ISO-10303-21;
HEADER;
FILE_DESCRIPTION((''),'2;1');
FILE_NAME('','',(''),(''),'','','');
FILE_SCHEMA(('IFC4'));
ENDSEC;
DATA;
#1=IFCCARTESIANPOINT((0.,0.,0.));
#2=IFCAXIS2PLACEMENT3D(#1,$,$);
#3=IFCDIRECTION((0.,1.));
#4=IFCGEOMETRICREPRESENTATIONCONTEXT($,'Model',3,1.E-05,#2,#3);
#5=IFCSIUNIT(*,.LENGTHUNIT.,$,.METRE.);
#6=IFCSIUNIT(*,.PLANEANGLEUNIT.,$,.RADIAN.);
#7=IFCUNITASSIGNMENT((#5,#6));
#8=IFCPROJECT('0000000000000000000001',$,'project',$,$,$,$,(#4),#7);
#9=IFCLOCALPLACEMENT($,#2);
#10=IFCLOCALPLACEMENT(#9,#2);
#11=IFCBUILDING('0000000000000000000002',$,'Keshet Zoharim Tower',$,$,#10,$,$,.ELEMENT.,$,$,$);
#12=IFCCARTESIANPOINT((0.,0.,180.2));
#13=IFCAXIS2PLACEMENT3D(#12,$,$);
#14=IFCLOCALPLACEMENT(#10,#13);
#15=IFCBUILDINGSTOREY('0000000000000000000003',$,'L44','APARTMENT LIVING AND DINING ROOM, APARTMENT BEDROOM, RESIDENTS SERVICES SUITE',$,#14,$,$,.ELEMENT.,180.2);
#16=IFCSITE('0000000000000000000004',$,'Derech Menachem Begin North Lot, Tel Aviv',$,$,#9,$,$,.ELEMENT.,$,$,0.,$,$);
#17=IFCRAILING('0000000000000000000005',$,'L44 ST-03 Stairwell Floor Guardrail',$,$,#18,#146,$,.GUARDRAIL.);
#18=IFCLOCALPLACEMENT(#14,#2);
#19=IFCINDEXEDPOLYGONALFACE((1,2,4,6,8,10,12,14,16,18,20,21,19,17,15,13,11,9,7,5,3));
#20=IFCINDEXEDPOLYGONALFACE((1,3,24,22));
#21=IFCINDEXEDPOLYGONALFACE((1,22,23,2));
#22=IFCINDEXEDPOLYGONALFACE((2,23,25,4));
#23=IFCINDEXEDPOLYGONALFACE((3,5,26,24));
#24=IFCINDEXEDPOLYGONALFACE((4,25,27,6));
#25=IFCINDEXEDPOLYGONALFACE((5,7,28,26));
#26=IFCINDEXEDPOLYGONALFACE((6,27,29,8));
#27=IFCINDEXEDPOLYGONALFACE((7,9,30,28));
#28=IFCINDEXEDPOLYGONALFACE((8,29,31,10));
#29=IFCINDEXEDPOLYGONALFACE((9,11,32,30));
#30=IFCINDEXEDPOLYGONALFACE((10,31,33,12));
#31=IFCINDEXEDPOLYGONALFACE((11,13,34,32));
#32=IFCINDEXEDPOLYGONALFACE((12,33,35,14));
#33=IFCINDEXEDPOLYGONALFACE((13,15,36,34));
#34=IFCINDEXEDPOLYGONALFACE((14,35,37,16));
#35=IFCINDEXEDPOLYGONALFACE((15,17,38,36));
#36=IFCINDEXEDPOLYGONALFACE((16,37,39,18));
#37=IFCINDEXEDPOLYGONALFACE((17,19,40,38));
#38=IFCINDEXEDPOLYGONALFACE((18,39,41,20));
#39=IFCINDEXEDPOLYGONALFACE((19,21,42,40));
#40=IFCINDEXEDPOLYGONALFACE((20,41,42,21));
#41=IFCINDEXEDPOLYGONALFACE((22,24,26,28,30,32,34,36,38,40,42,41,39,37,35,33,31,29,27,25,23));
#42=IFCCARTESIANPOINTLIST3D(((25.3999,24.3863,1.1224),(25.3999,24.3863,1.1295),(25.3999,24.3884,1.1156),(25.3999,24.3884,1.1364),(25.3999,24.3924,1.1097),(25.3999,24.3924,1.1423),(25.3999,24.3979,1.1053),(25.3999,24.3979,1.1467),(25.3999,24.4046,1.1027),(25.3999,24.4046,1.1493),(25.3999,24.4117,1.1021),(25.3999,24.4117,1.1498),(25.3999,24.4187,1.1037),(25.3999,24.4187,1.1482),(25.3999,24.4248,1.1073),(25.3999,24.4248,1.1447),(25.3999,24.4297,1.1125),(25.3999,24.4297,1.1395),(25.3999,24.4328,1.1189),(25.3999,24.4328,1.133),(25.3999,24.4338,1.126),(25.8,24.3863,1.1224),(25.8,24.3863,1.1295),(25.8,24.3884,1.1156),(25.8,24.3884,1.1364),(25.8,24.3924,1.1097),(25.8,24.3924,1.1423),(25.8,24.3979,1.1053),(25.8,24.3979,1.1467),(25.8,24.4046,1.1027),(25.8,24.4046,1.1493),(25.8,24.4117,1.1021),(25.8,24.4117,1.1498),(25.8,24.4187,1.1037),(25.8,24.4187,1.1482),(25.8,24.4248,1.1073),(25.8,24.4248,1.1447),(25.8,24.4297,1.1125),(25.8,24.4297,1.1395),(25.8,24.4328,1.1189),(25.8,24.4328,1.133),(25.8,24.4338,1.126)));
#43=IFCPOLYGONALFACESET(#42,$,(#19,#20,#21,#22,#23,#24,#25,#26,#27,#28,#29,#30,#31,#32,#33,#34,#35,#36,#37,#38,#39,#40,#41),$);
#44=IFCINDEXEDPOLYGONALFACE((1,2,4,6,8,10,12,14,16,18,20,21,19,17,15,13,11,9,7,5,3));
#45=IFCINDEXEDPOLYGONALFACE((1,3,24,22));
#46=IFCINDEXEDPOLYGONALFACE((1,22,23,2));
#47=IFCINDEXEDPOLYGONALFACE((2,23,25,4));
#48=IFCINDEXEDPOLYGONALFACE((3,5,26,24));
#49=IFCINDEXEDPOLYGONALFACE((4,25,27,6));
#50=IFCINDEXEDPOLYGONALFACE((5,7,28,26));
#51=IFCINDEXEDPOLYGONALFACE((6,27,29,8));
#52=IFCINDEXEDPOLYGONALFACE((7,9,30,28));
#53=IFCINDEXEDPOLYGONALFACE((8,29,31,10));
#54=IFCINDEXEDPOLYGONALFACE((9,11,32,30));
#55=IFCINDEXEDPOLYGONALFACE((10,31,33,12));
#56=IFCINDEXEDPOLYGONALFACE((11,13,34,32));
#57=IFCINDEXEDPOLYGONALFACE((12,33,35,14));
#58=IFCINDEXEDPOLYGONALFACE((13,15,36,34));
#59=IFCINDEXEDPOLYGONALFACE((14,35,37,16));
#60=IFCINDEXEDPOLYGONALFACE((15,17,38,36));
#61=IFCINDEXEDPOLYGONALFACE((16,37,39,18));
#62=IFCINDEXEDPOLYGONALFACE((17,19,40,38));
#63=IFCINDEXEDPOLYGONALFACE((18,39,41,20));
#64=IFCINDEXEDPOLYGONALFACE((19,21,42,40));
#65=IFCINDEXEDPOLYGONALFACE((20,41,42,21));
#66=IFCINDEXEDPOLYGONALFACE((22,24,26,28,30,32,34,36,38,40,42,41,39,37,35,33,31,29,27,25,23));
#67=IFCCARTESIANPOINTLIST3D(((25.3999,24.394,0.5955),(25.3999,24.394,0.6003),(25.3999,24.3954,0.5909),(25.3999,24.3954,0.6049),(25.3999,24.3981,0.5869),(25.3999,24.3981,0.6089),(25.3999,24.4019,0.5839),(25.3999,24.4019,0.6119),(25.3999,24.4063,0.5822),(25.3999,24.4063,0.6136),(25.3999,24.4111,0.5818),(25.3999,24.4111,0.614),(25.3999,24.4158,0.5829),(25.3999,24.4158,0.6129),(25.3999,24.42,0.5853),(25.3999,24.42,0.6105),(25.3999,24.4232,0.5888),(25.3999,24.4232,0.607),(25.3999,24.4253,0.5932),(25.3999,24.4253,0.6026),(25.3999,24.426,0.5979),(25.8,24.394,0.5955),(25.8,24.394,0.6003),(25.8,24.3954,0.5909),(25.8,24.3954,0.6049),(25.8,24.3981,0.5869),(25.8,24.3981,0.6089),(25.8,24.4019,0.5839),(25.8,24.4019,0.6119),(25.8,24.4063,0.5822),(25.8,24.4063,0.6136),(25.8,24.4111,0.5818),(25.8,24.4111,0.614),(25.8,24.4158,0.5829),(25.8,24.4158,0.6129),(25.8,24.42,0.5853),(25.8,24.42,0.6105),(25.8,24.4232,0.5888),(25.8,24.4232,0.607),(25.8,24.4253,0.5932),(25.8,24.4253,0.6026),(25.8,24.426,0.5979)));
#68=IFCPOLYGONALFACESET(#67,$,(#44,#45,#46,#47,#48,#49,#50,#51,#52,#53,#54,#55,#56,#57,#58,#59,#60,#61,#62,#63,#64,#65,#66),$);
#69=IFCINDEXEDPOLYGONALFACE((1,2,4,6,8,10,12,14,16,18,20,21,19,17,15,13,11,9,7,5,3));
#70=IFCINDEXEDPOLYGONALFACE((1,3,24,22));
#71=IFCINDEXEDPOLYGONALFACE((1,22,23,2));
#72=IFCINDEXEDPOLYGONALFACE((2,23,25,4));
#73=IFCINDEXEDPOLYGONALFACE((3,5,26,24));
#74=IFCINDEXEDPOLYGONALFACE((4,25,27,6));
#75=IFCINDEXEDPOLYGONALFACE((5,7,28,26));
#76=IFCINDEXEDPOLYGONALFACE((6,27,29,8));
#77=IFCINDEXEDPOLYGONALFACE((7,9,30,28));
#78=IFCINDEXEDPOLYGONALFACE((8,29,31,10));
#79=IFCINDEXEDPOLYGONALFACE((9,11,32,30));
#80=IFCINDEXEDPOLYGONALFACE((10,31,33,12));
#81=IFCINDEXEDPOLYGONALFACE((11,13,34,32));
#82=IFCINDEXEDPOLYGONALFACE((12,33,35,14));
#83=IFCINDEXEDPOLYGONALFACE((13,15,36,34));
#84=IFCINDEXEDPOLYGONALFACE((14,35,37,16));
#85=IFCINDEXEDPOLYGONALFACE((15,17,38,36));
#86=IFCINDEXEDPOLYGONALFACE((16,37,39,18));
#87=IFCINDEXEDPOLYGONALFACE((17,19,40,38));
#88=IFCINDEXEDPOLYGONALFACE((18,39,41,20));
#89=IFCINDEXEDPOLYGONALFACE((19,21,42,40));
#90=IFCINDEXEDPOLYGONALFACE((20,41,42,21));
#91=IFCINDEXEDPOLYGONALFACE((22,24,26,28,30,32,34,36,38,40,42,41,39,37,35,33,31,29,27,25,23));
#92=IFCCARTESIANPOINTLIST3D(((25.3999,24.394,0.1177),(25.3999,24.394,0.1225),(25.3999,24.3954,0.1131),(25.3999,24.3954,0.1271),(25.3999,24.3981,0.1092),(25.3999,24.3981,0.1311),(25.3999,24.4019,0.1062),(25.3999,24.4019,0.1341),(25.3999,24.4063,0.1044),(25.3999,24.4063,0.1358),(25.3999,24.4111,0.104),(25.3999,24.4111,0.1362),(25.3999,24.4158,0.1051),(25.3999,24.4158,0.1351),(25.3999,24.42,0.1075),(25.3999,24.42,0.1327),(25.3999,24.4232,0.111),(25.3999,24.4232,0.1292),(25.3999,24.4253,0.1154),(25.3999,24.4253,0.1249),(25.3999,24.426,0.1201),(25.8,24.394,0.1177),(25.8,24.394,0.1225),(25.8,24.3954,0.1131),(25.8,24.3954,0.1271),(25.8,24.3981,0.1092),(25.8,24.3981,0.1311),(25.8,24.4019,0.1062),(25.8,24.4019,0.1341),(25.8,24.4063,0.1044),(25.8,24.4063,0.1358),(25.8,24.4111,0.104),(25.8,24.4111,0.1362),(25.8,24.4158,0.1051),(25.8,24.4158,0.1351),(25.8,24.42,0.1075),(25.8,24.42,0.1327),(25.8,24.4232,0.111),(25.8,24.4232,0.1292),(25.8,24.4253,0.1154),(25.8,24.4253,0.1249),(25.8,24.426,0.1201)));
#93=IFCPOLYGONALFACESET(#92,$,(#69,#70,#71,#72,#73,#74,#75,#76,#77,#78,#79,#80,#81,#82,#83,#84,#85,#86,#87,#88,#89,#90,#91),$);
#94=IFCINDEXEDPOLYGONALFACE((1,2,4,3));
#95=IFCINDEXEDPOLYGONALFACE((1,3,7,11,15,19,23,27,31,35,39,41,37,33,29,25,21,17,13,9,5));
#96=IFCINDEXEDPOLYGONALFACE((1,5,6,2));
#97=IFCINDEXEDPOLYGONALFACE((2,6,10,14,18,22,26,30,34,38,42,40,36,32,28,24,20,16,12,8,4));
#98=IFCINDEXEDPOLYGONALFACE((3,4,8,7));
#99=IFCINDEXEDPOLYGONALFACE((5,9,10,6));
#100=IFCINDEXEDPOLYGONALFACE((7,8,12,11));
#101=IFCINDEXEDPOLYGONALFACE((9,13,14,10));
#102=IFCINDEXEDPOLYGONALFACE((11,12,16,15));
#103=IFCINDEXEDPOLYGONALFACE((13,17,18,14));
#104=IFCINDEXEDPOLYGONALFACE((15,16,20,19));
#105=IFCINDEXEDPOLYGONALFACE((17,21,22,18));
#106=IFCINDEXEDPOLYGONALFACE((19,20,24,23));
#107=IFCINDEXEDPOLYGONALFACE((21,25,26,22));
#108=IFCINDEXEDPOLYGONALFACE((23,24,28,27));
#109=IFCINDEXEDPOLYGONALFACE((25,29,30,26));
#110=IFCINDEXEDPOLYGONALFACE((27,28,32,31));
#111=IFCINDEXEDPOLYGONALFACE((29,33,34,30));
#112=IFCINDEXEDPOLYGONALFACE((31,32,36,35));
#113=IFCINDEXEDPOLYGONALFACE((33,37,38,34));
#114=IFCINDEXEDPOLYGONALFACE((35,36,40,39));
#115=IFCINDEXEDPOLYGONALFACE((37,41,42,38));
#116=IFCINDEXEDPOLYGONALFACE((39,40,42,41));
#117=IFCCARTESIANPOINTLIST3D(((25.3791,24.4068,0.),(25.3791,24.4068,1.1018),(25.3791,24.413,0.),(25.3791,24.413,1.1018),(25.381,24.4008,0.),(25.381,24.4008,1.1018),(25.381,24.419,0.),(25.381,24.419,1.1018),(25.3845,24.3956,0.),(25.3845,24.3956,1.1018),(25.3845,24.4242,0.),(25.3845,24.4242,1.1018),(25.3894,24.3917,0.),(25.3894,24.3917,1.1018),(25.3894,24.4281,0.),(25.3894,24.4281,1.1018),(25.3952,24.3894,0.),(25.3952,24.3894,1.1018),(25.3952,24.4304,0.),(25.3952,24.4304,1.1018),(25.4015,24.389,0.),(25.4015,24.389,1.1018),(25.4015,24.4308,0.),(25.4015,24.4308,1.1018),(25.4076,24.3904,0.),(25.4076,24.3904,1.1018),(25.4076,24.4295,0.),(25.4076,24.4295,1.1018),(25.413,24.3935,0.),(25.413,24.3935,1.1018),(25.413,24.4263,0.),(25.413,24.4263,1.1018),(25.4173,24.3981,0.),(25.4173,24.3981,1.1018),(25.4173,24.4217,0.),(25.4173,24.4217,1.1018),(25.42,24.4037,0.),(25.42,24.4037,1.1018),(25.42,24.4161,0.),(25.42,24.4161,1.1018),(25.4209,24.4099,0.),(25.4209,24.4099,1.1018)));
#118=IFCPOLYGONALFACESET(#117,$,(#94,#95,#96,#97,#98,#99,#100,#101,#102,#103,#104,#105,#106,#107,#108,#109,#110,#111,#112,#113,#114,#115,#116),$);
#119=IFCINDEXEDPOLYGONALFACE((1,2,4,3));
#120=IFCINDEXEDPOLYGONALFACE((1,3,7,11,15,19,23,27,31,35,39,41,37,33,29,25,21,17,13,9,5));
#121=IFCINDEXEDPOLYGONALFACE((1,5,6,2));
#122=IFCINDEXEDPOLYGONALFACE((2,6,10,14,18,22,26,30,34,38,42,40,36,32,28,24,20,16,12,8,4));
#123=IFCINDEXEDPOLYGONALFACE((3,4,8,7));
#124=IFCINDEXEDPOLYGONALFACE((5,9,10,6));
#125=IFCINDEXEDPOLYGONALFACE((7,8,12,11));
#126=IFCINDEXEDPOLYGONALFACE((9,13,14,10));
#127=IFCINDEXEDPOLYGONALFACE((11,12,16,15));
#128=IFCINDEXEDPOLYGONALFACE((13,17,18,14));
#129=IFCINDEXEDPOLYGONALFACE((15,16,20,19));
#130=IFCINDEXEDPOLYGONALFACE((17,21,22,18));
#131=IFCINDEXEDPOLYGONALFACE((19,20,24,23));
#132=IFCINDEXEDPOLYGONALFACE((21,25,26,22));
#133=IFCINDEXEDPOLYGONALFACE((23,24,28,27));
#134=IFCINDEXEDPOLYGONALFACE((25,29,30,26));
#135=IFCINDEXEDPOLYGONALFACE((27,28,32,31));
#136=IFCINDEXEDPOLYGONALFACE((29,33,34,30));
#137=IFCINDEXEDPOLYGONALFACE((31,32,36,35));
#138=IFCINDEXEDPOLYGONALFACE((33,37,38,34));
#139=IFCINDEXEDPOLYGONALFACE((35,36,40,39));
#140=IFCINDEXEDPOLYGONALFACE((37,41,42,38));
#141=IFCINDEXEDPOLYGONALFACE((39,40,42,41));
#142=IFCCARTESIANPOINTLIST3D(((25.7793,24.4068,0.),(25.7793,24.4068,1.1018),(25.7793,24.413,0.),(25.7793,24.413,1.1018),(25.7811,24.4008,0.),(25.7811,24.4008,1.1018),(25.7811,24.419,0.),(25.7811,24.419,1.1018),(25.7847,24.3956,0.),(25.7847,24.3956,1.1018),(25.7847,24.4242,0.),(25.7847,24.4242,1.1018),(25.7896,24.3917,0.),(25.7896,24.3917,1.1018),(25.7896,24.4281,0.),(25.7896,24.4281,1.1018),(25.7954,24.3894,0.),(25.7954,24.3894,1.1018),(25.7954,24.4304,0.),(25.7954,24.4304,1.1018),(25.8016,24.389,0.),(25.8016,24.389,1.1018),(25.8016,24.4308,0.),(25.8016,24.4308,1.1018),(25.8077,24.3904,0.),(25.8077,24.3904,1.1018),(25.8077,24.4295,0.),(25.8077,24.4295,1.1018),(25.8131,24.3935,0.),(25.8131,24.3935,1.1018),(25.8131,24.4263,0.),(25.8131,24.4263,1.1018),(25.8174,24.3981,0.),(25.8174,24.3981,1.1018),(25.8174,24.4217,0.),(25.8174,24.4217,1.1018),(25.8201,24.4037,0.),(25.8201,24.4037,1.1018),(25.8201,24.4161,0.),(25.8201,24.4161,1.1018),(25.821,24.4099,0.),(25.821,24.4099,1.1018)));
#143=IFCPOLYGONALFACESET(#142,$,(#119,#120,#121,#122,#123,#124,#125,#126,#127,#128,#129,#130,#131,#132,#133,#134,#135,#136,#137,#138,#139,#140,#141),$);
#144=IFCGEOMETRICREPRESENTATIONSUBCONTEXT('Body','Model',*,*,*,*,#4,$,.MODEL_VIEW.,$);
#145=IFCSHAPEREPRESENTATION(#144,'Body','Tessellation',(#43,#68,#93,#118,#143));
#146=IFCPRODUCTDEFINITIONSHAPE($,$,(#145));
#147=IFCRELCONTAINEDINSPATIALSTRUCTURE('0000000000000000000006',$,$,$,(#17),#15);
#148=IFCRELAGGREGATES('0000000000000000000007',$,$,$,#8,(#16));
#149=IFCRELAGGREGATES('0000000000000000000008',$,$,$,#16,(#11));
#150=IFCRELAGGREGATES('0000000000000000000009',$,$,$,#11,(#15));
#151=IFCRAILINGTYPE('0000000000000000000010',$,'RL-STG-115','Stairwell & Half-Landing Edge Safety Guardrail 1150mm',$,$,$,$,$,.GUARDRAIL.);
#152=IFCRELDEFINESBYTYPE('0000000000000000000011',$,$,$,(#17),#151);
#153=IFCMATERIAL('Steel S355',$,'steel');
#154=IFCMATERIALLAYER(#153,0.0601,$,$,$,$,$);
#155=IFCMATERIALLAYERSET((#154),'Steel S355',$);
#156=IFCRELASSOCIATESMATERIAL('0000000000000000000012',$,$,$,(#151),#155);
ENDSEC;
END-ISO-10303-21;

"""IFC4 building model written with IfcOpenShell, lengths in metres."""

from ifc_helpers import new_model, si_unit, direction, frame, origin, origin_2d, place, context, subcontext, project, spatial, circle, extrude, material, layer, layer_set, type_object, element, save


model = new_model("IFC4")

# Units and contexts
model_context = context("Model", 3, precision=1e-05, world=origin(), true_north=direction((0.0, 1.0)))
body_context = subcontext(model_context, "Body", "Model", "MODEL_VIEW")
ifc_project = project(units=[si_unit("LENGTHUNIT", "METRE"), si_unit("PLANEANGLEUNIT", "RADIAN")], contexts=[model_context])

# Site, building, storey
site_placement = place(None, origin())
site = spatial("IfcSite", under=ifc_project, at=site_placement, Name="Derech Menachem Begin North Lot, Tel Aviv", CompositionType="ELEMENT", RefElevation=0.0)
building_placement = place(site_placement, origin())
building = spatial("IfcBuilding", under=site, at=building_placement, Name="Keshet Zoharim Tower", CompositionType="ELEMENT")
storey_placement = place(building_placement, frame((0.0, 0.0, 180.2)))
storey = spatial("IfcBuildingStorey", under=building, at=storey_placement, Name="L44", Description="APARTMENT LIVING AND DINING ROOM, APARTMENT BEDROOM, RESIDENTS SERVICES SUITE", CompositionType="ELEMENT", Elevation=180.2)

# Railing
ifc_material_1 = material(Name="Steel S355", Category="steel")
ifc_layer_1 = layer(ifc_material_1, 0.0601)
ifc_layer_set_1 = layer_set([ifc_layer_1], Name="Steel S355")
railing_type_1 = type_object("IfcRailingType", Name="RL-STG-115", Description="Stairwell & Half-Landing Edge Safety Guardrail 1150mm", PredefinedType="GUARDRAIL", material=ifc_layer_set_1)
railing_1_placement = place(storey_placement, frame((25.3999, 24.4099, 0.0)))
element("IfcRailing", 1, at=railing_1_placement, inside=storey, type_object=railing_type_1, Name="L44 ST-03 Stairwell Floor Guardrail", PredefinedType="GUARDRAIL", context=body_context, shape_type="SweptSolid", body=[
    extrude(circle(Radius=0.0239, at=origin_2d()), frame((0.0, 0.0, 1.126), z_axis=(1.0, 0.0, 0.0), x_axis=(0.0, 1.0, 0.0)), (0.0, 0.0, 1.0), 0.4001),
    extrude(circle(Radius=0.0161, at=origin_2d()), frame((0.0, 0.0, 0.5979), z_axis=(1.0, 0.0, 0.0), x_axis=(0.0, 1.0, 0.0)), (0.0, 0.0, 1.0), 0.4001),
    extrude(circle(Radius=0.0161, at=origin_2d()), frame((0.0, 0.0, 0.1201), z_axis=(1.0, 0.0, 0.0), x_axis=(0.0, 1.0, 0.0)), (0.0, 0.0, 1.0), 0.4001),
    extrude(circle(Radius=0.021, at=origin_2d()), origin(), (0.0, 0.0, 1.0), 1.1018),
    extrude(circle(Radius=0.021, at=origin_2d()), frame((0.4001, 0.0, 0.0)), (0.0, 0.0, 1.0), 1.1018),
])

save(model, "model.ifc")
